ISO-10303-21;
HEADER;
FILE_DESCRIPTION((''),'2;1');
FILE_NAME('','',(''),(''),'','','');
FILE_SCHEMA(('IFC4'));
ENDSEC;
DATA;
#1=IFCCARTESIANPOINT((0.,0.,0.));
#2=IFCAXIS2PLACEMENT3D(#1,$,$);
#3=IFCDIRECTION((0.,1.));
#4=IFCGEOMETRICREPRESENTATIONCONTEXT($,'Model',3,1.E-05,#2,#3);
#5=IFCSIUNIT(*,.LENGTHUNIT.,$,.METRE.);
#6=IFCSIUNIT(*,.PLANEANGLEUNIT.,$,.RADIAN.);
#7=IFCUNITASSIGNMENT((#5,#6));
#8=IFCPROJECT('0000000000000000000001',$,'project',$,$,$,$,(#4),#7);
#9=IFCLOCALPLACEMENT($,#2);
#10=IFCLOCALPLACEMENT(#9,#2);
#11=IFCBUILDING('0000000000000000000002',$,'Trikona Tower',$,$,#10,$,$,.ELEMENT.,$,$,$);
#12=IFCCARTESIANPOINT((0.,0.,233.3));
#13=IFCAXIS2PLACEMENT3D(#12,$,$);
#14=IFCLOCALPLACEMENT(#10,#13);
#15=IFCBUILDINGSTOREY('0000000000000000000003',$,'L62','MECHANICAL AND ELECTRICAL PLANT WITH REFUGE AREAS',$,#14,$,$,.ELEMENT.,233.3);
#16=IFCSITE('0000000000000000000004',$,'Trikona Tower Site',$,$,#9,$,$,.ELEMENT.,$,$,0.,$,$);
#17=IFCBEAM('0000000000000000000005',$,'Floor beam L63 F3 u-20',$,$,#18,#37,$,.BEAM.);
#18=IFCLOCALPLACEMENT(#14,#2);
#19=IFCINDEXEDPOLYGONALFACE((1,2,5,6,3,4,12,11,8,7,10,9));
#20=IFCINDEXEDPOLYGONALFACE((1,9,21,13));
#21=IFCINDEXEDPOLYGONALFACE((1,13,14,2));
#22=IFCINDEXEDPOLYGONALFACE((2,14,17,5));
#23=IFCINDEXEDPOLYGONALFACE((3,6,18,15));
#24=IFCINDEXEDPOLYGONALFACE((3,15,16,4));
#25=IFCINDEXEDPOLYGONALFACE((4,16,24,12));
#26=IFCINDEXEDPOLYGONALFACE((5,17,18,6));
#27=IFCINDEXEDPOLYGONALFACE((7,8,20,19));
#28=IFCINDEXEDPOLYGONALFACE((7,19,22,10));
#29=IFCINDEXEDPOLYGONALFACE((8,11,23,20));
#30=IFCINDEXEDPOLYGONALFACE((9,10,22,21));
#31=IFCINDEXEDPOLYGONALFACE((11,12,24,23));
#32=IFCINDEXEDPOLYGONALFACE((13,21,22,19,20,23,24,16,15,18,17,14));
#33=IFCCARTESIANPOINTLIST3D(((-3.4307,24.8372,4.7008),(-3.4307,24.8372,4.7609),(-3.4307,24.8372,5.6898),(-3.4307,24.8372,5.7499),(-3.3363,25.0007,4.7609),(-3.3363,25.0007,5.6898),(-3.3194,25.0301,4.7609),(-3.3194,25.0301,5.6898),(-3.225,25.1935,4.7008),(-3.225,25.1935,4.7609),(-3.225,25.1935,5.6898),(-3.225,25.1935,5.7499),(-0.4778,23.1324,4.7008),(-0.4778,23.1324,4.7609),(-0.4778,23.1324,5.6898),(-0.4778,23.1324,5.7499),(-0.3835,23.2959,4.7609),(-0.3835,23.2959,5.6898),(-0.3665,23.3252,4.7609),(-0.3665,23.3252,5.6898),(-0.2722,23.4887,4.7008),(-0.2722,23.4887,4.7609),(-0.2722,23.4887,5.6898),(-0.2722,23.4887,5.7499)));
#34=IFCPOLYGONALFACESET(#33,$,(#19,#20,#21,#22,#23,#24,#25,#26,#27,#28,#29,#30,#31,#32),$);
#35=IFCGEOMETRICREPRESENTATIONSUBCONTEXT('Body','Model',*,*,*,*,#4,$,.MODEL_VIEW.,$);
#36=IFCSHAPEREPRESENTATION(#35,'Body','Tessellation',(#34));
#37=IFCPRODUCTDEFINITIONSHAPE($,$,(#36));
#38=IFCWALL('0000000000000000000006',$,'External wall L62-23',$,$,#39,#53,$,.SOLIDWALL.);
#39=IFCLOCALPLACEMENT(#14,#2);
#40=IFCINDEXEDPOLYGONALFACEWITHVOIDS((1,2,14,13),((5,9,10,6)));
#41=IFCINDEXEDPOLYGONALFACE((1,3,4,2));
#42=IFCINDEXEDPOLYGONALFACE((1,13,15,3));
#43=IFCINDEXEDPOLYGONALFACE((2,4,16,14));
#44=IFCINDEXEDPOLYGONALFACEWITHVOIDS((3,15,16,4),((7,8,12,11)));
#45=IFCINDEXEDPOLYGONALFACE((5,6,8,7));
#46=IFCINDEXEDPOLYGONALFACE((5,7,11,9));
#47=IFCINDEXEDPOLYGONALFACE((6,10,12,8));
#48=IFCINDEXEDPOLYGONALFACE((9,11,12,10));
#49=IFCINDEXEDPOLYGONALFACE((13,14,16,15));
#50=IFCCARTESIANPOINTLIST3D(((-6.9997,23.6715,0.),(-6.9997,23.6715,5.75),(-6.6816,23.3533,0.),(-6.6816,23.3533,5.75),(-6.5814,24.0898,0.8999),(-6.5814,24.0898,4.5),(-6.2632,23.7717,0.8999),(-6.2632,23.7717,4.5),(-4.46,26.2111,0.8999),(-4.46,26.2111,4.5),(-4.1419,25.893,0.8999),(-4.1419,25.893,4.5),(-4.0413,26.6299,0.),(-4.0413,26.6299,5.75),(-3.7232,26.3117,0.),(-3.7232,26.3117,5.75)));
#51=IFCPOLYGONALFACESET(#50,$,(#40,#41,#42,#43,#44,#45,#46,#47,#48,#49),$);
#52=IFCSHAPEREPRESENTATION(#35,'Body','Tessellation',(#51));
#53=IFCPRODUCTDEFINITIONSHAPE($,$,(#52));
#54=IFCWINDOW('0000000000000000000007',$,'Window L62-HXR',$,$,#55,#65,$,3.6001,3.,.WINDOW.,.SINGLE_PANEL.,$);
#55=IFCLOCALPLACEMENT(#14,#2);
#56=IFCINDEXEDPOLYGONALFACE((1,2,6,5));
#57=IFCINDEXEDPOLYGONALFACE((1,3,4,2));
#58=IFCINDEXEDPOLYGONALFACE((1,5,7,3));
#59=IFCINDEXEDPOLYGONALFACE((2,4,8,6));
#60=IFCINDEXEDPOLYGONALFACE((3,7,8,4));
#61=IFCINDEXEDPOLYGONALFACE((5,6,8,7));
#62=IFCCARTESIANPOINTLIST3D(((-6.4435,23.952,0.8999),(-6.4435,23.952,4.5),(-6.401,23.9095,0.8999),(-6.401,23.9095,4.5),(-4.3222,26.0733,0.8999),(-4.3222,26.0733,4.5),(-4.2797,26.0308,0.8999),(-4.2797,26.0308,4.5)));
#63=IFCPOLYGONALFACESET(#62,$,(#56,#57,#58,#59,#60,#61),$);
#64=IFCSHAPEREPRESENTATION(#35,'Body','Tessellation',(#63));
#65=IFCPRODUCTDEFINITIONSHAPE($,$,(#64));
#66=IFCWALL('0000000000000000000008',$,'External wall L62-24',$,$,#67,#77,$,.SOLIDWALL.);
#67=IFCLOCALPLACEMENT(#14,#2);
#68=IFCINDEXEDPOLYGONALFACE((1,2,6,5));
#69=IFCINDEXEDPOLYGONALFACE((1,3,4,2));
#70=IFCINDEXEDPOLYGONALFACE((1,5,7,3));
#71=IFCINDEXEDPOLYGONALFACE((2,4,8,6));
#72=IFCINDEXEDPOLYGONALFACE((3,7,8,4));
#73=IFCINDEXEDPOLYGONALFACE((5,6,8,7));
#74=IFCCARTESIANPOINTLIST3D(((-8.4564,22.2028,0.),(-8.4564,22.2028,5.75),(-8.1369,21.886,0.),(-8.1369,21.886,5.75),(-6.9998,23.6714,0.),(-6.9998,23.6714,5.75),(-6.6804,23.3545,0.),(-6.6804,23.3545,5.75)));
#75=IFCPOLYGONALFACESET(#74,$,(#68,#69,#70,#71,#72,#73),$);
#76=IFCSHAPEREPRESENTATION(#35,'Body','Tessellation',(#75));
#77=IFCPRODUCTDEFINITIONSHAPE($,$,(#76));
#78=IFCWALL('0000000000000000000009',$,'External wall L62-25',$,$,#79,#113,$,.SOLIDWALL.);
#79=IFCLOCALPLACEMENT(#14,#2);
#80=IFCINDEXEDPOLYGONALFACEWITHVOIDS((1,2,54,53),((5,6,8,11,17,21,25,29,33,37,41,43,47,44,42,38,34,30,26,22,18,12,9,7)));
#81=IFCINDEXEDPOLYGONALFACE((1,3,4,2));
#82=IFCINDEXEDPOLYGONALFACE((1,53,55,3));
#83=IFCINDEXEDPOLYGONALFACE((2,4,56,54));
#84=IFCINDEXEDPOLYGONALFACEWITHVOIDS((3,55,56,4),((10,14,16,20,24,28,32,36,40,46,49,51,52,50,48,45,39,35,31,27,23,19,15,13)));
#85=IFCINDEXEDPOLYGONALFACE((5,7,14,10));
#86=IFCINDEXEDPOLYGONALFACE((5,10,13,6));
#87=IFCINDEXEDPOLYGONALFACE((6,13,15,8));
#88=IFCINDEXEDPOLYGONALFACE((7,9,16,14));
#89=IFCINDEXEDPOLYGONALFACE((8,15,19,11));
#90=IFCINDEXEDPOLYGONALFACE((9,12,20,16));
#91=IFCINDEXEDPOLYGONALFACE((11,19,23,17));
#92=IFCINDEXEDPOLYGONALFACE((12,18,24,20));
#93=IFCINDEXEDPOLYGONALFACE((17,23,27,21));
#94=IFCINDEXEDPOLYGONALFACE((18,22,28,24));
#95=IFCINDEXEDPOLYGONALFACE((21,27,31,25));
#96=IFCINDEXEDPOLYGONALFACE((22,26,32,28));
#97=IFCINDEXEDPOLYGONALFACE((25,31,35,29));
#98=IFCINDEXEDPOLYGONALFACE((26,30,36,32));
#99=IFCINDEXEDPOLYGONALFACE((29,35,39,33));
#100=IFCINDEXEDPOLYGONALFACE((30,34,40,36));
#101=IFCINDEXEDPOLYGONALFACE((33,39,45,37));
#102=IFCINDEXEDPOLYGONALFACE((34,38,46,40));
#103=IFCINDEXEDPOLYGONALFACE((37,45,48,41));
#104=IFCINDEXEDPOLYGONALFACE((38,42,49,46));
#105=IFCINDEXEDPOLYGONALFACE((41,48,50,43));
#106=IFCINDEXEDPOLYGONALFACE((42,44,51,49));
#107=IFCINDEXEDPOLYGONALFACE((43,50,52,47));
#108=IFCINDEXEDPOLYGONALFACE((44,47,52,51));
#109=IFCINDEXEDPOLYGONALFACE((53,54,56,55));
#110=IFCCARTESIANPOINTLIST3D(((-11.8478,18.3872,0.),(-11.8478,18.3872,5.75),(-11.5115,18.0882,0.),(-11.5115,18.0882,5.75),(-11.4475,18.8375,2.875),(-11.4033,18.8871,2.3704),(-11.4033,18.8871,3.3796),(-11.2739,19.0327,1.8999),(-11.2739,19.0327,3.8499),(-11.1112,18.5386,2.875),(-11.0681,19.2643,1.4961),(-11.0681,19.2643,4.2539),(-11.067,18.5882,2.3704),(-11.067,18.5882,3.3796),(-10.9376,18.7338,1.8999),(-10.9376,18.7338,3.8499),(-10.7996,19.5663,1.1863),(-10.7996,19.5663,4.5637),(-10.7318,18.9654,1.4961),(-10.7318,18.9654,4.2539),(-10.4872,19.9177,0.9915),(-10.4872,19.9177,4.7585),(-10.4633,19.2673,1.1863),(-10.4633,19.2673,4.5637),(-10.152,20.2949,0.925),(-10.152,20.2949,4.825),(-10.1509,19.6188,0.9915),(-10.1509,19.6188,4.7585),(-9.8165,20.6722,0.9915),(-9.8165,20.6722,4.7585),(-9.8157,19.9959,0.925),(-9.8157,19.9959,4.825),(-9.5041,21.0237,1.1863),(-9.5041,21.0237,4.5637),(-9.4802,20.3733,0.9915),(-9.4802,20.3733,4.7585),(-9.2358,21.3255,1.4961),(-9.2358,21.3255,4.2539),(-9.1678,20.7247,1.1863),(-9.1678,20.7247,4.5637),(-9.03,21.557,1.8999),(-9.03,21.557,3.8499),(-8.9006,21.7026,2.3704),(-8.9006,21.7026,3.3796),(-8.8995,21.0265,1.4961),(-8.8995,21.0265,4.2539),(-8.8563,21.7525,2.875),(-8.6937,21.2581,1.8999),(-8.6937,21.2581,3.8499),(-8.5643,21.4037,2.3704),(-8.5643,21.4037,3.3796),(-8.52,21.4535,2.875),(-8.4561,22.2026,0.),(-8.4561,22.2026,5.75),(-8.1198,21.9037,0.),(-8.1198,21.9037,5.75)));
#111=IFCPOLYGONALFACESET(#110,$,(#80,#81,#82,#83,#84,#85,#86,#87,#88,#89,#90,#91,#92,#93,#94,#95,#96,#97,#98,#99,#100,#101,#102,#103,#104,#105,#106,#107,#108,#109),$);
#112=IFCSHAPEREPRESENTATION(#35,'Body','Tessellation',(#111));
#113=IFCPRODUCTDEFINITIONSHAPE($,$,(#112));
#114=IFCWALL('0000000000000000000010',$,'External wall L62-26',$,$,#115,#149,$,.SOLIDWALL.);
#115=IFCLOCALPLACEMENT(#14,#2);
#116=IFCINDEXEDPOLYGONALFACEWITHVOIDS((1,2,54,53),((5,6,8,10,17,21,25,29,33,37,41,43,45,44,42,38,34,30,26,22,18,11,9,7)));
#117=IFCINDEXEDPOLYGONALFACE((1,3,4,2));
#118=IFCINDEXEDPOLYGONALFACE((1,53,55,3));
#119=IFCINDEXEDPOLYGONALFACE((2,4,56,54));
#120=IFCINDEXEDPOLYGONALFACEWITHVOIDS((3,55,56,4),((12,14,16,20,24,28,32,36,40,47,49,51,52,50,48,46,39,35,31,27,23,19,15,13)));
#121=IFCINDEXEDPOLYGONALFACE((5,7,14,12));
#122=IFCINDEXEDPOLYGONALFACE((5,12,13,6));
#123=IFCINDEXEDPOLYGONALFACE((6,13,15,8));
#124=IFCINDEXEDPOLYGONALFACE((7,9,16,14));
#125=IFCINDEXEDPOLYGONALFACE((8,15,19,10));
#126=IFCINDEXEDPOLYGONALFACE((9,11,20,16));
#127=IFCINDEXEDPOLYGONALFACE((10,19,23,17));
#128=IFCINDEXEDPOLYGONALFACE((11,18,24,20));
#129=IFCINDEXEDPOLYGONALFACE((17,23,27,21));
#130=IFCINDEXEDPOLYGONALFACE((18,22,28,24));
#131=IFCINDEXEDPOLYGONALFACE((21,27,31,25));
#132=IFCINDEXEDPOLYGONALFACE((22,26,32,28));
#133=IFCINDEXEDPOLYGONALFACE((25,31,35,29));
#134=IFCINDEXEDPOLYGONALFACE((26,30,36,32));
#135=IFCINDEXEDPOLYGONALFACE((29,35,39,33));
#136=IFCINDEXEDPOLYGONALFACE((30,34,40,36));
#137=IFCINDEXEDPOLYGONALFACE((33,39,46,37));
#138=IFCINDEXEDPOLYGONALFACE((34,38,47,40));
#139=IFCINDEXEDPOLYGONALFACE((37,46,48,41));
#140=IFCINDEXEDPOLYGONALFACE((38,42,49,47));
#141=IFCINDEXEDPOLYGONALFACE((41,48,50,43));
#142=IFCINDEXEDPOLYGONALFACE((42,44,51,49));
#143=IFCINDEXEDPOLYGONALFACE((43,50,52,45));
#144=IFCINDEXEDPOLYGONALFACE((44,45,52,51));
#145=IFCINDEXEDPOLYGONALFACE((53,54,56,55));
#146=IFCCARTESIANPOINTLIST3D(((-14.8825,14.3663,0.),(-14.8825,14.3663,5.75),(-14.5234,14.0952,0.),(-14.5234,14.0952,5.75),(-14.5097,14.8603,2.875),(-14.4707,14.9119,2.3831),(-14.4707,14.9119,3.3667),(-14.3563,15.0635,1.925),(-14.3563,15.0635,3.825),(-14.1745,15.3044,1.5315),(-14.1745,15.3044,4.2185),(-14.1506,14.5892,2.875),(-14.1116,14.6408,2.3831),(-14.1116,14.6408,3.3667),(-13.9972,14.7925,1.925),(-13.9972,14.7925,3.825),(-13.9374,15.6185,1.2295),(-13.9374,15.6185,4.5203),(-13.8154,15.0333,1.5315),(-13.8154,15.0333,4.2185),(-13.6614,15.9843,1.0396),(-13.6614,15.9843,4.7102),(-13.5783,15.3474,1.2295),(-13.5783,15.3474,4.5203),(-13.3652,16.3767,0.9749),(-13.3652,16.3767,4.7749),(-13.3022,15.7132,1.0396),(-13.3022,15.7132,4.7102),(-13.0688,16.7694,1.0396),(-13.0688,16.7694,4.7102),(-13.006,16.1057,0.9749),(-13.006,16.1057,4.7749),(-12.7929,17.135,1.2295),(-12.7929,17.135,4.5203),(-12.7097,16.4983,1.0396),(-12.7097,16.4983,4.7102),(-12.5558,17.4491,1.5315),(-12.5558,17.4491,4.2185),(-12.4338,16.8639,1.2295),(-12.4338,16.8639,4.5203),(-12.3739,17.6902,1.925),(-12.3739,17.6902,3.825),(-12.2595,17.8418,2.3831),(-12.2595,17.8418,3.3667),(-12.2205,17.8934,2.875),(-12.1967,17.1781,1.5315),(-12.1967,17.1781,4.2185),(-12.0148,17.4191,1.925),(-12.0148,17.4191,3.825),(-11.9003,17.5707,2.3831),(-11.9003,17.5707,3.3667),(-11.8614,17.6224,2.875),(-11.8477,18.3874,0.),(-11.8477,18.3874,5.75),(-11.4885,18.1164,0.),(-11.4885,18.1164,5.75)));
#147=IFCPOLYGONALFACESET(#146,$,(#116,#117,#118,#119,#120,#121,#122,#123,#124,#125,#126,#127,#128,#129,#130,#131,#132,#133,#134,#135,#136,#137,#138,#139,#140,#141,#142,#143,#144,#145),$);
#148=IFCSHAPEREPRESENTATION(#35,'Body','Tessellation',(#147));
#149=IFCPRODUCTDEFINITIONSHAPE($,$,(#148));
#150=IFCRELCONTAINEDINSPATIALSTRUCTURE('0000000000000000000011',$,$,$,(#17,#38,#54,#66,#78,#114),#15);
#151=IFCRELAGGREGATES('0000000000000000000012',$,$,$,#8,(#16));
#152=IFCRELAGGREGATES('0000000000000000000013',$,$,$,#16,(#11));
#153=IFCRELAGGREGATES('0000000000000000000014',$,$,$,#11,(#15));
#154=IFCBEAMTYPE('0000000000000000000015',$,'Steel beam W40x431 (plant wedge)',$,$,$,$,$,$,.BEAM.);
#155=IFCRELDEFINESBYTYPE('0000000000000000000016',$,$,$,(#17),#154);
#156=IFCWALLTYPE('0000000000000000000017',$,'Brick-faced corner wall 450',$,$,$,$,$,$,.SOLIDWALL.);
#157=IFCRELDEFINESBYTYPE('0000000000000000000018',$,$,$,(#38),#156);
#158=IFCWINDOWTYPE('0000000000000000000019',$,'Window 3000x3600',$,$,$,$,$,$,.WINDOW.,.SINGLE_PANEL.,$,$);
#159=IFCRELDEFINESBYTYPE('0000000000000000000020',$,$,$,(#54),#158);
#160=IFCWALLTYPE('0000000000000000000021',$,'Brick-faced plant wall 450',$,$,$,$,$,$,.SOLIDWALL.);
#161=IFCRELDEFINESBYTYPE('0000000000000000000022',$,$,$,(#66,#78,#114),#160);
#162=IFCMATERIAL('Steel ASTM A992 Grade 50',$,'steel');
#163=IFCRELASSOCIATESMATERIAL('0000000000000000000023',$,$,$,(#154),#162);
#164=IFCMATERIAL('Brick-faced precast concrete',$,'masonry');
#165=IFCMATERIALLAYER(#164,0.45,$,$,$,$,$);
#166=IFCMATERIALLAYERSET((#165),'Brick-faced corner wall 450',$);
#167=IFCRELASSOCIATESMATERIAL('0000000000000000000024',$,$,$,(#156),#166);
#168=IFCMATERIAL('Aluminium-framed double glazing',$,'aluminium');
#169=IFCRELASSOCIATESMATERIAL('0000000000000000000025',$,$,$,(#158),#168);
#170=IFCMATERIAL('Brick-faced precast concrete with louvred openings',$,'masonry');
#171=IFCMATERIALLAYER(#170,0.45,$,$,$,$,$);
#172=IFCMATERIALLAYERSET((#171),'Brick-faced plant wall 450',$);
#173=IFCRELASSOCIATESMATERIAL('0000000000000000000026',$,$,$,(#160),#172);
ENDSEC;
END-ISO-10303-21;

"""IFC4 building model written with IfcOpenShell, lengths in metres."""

from ifc_helpers import new_model, si_unit, direction, frame, frame_2d, origin, origin_2d, place, context, subcontext, project, spatial, polyline, rectangle, i_section, outline, extrude, material, layer, layer_set, material_profile, profile_set, type_object, element, fill, save


model = new_model("IFC4")

# Units and contexts
model_context = context("Model", 3, precision=1e-05, world=origin(), true_north=direction((0.0, 1.0)))
body_context = subcontext(model_context, "Body", "Model", "MODEL_VIEW")
ifc_project = project(units=[si_unit("LENGTHUNIT", "METRE"), si_unit("PLANEANGLEUNIT", "RADIAN")], contexts=[model_context])

# Site, building, storey
site_placement = place(None, origin())
site = spatial("IfcSite", under=ifc_project, at=site_placement, Name="Trikona Tower Site", CompositionType="ELEMENT", RefElevation=0.0)
building_placement = place(site_placement, origin())
building = spatial("IfcBuilding", under=site, at=building_placement, Name="Trikona Tower", CompositionType="ELEMENT")
storey_placement = place(building_placement, frame((0.0, 0.0, 233.3)))
storey = spatial("IfcBuildingStorey", under=building, at=storey_placement, Name="L62", Description="MECHANICAL AND ELECTRICAL PLANT WITH REFUGE AREAS", CompositionType="ELEMENT", Elevation=233.3)

# Beam
ifc_material_1 = material(Name="Steel ASTM A992 Grade 50", Category="steel")
ifc_material_profile_1 = material_profile(ifc_material_1, i_section(OverallWidth=0.4114, OverallDepth=1.0491, WebThickness=0.0339, FlangeThickness=0.0601, at=origin_2d()), Name="W40X431")
ifc_profile_set_1 = profile_set([ifc_material_profile_1], Name="Steel ASTM A992 Grade 50")
beam_type_1 = type_object("IfcBeamType", Name="Steel beam W40x431 (plant wedge)", PredefinedType="BEAM", material=ifc_profile_set_1)
beam_1_placement = place(storey_placement, frame((-0.375, 23.3105, 5.2253), z_axis=(-0.866027, 0.499997, 0.0), x_axis=(-0.499997, -0.866027, 0.0)))
element("IfcBeam", 1, at=beam_1_placement, inside=storey, type_object=beam_type_1, Name="Floor beam L63 F3 u-20", PredefinedType="BEAM", context=body_context, shape_type="SweptSolid", body=[
    extrude(i_section(OverallWidth=0.4114, OverallDepth=1.0491, WebThickness=0.0339, FlangeThickness=0.0601, at=origin_2d()), origin(), (0.0, 0.0, 1.0), 3.4097),
])

# Wall, opening, window
ifc_material_2 = material(Name="Brick-faced precast concrete", Category="masonry")
ifc_layer_1 = layer(ifc_material_2, 0.45)
ifc_layer_set_1 = layer_set([ifc_layer_1], Name="Brick-faced corner wall 450")
wall_type_1 = type_object("IfcWallType", Name="Brick-faced corner wall 450", PredefinedType="SOLIDWALL", material=ifc_layer_set_1)
wall_1_placement = place(storey_placement, frame((-3.8823, 26.4707, 0.0), z_axis=(0.0, 0.0, 1.0), x_axis=(-0.707107, -0.707107, 0.0)))
wall_1 = element("IfcWall", 2, at=wall_1_placement, inside=storey, type_object=wall_type_1, Name="External wall L62-23", PredefinedType="SOLIDWALL", context=body_context, shape_type="SweptSolid", body=[
    extrude(rectangle(XDim=4.1838, YDim=0.45, at=frame_2d((2.0918, 0.0))), origin(), (0.0, 0.0, 1.0), 5.75),
])
opening_1_placement = place(wall_1_placement, frame((0.592, 0.0, 0.8999)))
opening_1 = element("IfcOpeningElement", 3, at=opening_1_placement, cuts=wall_1, PredefinedType="OPENING", context=body_context, shape_type="SweptSolid", body=[
    extrude(rectangle(XDim=3.0, YDim=3.6001, at=frame_2d((1.5, 1.8))), frame((0.0, 0.2349, 0.0), z_axis=(0.0, -1.0, 0.0), x_axis=(1.0, 0.0, 0.0)), (0.0, 0.0, 1.0), 0.47),
])
ifc_material_3 = material(Name="Aluminium-framed double glazing", Category="aluminium")
window_type = type_object("IfcWindowType", Name="Window 3000x3600", PartitioningType="SINGLE_PANEL", PredefinedType="WINDOW", material=ifc_material_3)
window_placement = place(opening_1_placement, origin())
window = element("IfcWindow", 4, at=window_placement, inside=storey, type_object=window_type, Name="Window L62-HXR", OverallHeight=3.6001, OverallWidth=3.0, PartitioningType="SINGLE_PANEL", PredefinedType="WINDOW", context=body_context, shape_type="SweptSolid", body=[
    extrude(rectangle(XDim=3.0, YDim=3.6001, at=frame_2d((1.5, 1.8))), frame((0.0, 0.03, 0.0), z_axis=(0.0, -1.0, 0.0), x_axis=(1.0, 0.0, 0.0)), (0.0, 0.0, 1.0), 0.0601),
])
fill(opening_1, window)

# Walls
ifc_material_4 = material(Name="Brick-faced precast concrete with louvred openings", Category="masonry")
ifc_layer_2 = layer(ifc_material_4, 0.45)
ifc_layer_set_2 = layer_set([ifc_layer_2], Name="Brick-faced plant wall 450")
wall_type_2 = type_object("IfcWallType", Name="Brick-faced plant wall 450", PredefinedType="SOLIDWALL", material=ifc_layer_set_2)
wall_2_placement = place(storey_placement, frame((-6.8401, 23.5129, 0.0), z_axis=(0.0, 0.0, 1.0), x_axis=(-0.704209, -0.709993, 0.0)))
element("IfcWall", 5, at=wall_2_placement, inside=storey, type_object=wall_type_2, Name="External wall L62-24", PredefinedType="SOLIDWALL", context=body_context, shape_type="SweptSolid", body=[
    extrude(rectangle(XDim=2.0684, YDim=0.45, at=frame_2d((1.0342, 0.0))), origin(), (0.0, 0.0, 1.0), 5.75),
])
wall_3_placement = place(storey_placement, frame((-8.2881, 22.0532, 0.0), z_axis=(0.0, 0.0, 1.0), x_axis=(-0.664376, -0.747399, 0.0)))
element("IfcWall", 6, at=wall_3_placement, inside=storey, type_object=wall_type_2, Name="External wall L62-25", PredefinedType="SOLIDWALL", context=body_context, shape_type="SweptSolid", body=[
    extrude(outline(polyline([(0.0, 0.0), (5.105, 0.0), (5.105, 5.75), (0.0, 5.75), (0.0, 0.0)]), holes=[polyline([(4.5024, 2.875), (4.436, 3.3796), (4.2412, 3.8499), (3.9314, 4.2539), (3.5273, 4.5637), (3.0571, 4.7585), (2.5525, 4.825), (2.0476, 4.7585), (1.5774, 4.5637), (1.1736, 4.2539), (0.8638, 3.8499), (0.6689, 3.3796), (0.6023, 2.875), (0.6689, 2.3704), (0.8638, 1.8999), (1.1736, 1.4961), (1.5774, 1.1863), (2.0476, 0.9915), (2.5525, 0.925), (3.0571, 0.9915), (3.5273, 1.1863), (3.9314, 1.4961), (4.2412, 1.8999), (4.436, 2.3704), (4.5024, 2.875)])]), frame((0.0, 0.2251, 0.0), z_axis=(0.0, -1.0, 0.0), x_axis=(1.0, 0.0, 0.0)), (0.0, 0.0, 1.0), 0.45),
])
wall_4_placement = place(storey_placement, frame((-11.6682, 18.252, 0.0), z_axis=(0.0, 0.0, 1.0), x_axis=(-0.602409, -0.798188, 0.0)))
element("IfcWall", 7, at=wall_4_placement, inside=storey, type_object=wall_type_2, Name="External wall L62-26", PredefinedType="SOLIDWALL", context=body_context, shape_type="SweptSolid", body=[
    extrude(outline(polyline([(0.0, 0.0), (5.0378, 0.0), (5.0378, 5.75), (0.0, 5.75), (0.0, 0.0)]), holes=[polyline([(4.4189, 2.875), (4.3542, 3.3667), (4.1643, 3.825), (3.8625, 4.2185), (3.469, 4.5203), (3.0107, 4.7102), (2.519, 4.7749), (2.0271, 4.7102), (1.5691, 4.5203), (1.1755, 4.2185), (0.8735, 3.825), (0.6836, 3.3667), (0.6189, 2.875), (0.6836, 2.3831), (0.8735, 1.925), (1.1755, 1.5315), (1.5691, 1.2295), (2.0271, 1.0396), (2.519, 0.9749), (3.0107, 1.0396), (3.469, 1.2295), (3.8625, 1.5315), (4.1643, 1.925), (4.3542, 2.3831), (4.4189, 2.875)])]), frame((0.0, 0.2251, 0.0), z_axis=(0.0, -1.0, 0.0), x_axis=(1.0, 0.0, 0.0)), (0.0, 0.0, 1.0), 0.45),
])

save(model, "model.ifc")
